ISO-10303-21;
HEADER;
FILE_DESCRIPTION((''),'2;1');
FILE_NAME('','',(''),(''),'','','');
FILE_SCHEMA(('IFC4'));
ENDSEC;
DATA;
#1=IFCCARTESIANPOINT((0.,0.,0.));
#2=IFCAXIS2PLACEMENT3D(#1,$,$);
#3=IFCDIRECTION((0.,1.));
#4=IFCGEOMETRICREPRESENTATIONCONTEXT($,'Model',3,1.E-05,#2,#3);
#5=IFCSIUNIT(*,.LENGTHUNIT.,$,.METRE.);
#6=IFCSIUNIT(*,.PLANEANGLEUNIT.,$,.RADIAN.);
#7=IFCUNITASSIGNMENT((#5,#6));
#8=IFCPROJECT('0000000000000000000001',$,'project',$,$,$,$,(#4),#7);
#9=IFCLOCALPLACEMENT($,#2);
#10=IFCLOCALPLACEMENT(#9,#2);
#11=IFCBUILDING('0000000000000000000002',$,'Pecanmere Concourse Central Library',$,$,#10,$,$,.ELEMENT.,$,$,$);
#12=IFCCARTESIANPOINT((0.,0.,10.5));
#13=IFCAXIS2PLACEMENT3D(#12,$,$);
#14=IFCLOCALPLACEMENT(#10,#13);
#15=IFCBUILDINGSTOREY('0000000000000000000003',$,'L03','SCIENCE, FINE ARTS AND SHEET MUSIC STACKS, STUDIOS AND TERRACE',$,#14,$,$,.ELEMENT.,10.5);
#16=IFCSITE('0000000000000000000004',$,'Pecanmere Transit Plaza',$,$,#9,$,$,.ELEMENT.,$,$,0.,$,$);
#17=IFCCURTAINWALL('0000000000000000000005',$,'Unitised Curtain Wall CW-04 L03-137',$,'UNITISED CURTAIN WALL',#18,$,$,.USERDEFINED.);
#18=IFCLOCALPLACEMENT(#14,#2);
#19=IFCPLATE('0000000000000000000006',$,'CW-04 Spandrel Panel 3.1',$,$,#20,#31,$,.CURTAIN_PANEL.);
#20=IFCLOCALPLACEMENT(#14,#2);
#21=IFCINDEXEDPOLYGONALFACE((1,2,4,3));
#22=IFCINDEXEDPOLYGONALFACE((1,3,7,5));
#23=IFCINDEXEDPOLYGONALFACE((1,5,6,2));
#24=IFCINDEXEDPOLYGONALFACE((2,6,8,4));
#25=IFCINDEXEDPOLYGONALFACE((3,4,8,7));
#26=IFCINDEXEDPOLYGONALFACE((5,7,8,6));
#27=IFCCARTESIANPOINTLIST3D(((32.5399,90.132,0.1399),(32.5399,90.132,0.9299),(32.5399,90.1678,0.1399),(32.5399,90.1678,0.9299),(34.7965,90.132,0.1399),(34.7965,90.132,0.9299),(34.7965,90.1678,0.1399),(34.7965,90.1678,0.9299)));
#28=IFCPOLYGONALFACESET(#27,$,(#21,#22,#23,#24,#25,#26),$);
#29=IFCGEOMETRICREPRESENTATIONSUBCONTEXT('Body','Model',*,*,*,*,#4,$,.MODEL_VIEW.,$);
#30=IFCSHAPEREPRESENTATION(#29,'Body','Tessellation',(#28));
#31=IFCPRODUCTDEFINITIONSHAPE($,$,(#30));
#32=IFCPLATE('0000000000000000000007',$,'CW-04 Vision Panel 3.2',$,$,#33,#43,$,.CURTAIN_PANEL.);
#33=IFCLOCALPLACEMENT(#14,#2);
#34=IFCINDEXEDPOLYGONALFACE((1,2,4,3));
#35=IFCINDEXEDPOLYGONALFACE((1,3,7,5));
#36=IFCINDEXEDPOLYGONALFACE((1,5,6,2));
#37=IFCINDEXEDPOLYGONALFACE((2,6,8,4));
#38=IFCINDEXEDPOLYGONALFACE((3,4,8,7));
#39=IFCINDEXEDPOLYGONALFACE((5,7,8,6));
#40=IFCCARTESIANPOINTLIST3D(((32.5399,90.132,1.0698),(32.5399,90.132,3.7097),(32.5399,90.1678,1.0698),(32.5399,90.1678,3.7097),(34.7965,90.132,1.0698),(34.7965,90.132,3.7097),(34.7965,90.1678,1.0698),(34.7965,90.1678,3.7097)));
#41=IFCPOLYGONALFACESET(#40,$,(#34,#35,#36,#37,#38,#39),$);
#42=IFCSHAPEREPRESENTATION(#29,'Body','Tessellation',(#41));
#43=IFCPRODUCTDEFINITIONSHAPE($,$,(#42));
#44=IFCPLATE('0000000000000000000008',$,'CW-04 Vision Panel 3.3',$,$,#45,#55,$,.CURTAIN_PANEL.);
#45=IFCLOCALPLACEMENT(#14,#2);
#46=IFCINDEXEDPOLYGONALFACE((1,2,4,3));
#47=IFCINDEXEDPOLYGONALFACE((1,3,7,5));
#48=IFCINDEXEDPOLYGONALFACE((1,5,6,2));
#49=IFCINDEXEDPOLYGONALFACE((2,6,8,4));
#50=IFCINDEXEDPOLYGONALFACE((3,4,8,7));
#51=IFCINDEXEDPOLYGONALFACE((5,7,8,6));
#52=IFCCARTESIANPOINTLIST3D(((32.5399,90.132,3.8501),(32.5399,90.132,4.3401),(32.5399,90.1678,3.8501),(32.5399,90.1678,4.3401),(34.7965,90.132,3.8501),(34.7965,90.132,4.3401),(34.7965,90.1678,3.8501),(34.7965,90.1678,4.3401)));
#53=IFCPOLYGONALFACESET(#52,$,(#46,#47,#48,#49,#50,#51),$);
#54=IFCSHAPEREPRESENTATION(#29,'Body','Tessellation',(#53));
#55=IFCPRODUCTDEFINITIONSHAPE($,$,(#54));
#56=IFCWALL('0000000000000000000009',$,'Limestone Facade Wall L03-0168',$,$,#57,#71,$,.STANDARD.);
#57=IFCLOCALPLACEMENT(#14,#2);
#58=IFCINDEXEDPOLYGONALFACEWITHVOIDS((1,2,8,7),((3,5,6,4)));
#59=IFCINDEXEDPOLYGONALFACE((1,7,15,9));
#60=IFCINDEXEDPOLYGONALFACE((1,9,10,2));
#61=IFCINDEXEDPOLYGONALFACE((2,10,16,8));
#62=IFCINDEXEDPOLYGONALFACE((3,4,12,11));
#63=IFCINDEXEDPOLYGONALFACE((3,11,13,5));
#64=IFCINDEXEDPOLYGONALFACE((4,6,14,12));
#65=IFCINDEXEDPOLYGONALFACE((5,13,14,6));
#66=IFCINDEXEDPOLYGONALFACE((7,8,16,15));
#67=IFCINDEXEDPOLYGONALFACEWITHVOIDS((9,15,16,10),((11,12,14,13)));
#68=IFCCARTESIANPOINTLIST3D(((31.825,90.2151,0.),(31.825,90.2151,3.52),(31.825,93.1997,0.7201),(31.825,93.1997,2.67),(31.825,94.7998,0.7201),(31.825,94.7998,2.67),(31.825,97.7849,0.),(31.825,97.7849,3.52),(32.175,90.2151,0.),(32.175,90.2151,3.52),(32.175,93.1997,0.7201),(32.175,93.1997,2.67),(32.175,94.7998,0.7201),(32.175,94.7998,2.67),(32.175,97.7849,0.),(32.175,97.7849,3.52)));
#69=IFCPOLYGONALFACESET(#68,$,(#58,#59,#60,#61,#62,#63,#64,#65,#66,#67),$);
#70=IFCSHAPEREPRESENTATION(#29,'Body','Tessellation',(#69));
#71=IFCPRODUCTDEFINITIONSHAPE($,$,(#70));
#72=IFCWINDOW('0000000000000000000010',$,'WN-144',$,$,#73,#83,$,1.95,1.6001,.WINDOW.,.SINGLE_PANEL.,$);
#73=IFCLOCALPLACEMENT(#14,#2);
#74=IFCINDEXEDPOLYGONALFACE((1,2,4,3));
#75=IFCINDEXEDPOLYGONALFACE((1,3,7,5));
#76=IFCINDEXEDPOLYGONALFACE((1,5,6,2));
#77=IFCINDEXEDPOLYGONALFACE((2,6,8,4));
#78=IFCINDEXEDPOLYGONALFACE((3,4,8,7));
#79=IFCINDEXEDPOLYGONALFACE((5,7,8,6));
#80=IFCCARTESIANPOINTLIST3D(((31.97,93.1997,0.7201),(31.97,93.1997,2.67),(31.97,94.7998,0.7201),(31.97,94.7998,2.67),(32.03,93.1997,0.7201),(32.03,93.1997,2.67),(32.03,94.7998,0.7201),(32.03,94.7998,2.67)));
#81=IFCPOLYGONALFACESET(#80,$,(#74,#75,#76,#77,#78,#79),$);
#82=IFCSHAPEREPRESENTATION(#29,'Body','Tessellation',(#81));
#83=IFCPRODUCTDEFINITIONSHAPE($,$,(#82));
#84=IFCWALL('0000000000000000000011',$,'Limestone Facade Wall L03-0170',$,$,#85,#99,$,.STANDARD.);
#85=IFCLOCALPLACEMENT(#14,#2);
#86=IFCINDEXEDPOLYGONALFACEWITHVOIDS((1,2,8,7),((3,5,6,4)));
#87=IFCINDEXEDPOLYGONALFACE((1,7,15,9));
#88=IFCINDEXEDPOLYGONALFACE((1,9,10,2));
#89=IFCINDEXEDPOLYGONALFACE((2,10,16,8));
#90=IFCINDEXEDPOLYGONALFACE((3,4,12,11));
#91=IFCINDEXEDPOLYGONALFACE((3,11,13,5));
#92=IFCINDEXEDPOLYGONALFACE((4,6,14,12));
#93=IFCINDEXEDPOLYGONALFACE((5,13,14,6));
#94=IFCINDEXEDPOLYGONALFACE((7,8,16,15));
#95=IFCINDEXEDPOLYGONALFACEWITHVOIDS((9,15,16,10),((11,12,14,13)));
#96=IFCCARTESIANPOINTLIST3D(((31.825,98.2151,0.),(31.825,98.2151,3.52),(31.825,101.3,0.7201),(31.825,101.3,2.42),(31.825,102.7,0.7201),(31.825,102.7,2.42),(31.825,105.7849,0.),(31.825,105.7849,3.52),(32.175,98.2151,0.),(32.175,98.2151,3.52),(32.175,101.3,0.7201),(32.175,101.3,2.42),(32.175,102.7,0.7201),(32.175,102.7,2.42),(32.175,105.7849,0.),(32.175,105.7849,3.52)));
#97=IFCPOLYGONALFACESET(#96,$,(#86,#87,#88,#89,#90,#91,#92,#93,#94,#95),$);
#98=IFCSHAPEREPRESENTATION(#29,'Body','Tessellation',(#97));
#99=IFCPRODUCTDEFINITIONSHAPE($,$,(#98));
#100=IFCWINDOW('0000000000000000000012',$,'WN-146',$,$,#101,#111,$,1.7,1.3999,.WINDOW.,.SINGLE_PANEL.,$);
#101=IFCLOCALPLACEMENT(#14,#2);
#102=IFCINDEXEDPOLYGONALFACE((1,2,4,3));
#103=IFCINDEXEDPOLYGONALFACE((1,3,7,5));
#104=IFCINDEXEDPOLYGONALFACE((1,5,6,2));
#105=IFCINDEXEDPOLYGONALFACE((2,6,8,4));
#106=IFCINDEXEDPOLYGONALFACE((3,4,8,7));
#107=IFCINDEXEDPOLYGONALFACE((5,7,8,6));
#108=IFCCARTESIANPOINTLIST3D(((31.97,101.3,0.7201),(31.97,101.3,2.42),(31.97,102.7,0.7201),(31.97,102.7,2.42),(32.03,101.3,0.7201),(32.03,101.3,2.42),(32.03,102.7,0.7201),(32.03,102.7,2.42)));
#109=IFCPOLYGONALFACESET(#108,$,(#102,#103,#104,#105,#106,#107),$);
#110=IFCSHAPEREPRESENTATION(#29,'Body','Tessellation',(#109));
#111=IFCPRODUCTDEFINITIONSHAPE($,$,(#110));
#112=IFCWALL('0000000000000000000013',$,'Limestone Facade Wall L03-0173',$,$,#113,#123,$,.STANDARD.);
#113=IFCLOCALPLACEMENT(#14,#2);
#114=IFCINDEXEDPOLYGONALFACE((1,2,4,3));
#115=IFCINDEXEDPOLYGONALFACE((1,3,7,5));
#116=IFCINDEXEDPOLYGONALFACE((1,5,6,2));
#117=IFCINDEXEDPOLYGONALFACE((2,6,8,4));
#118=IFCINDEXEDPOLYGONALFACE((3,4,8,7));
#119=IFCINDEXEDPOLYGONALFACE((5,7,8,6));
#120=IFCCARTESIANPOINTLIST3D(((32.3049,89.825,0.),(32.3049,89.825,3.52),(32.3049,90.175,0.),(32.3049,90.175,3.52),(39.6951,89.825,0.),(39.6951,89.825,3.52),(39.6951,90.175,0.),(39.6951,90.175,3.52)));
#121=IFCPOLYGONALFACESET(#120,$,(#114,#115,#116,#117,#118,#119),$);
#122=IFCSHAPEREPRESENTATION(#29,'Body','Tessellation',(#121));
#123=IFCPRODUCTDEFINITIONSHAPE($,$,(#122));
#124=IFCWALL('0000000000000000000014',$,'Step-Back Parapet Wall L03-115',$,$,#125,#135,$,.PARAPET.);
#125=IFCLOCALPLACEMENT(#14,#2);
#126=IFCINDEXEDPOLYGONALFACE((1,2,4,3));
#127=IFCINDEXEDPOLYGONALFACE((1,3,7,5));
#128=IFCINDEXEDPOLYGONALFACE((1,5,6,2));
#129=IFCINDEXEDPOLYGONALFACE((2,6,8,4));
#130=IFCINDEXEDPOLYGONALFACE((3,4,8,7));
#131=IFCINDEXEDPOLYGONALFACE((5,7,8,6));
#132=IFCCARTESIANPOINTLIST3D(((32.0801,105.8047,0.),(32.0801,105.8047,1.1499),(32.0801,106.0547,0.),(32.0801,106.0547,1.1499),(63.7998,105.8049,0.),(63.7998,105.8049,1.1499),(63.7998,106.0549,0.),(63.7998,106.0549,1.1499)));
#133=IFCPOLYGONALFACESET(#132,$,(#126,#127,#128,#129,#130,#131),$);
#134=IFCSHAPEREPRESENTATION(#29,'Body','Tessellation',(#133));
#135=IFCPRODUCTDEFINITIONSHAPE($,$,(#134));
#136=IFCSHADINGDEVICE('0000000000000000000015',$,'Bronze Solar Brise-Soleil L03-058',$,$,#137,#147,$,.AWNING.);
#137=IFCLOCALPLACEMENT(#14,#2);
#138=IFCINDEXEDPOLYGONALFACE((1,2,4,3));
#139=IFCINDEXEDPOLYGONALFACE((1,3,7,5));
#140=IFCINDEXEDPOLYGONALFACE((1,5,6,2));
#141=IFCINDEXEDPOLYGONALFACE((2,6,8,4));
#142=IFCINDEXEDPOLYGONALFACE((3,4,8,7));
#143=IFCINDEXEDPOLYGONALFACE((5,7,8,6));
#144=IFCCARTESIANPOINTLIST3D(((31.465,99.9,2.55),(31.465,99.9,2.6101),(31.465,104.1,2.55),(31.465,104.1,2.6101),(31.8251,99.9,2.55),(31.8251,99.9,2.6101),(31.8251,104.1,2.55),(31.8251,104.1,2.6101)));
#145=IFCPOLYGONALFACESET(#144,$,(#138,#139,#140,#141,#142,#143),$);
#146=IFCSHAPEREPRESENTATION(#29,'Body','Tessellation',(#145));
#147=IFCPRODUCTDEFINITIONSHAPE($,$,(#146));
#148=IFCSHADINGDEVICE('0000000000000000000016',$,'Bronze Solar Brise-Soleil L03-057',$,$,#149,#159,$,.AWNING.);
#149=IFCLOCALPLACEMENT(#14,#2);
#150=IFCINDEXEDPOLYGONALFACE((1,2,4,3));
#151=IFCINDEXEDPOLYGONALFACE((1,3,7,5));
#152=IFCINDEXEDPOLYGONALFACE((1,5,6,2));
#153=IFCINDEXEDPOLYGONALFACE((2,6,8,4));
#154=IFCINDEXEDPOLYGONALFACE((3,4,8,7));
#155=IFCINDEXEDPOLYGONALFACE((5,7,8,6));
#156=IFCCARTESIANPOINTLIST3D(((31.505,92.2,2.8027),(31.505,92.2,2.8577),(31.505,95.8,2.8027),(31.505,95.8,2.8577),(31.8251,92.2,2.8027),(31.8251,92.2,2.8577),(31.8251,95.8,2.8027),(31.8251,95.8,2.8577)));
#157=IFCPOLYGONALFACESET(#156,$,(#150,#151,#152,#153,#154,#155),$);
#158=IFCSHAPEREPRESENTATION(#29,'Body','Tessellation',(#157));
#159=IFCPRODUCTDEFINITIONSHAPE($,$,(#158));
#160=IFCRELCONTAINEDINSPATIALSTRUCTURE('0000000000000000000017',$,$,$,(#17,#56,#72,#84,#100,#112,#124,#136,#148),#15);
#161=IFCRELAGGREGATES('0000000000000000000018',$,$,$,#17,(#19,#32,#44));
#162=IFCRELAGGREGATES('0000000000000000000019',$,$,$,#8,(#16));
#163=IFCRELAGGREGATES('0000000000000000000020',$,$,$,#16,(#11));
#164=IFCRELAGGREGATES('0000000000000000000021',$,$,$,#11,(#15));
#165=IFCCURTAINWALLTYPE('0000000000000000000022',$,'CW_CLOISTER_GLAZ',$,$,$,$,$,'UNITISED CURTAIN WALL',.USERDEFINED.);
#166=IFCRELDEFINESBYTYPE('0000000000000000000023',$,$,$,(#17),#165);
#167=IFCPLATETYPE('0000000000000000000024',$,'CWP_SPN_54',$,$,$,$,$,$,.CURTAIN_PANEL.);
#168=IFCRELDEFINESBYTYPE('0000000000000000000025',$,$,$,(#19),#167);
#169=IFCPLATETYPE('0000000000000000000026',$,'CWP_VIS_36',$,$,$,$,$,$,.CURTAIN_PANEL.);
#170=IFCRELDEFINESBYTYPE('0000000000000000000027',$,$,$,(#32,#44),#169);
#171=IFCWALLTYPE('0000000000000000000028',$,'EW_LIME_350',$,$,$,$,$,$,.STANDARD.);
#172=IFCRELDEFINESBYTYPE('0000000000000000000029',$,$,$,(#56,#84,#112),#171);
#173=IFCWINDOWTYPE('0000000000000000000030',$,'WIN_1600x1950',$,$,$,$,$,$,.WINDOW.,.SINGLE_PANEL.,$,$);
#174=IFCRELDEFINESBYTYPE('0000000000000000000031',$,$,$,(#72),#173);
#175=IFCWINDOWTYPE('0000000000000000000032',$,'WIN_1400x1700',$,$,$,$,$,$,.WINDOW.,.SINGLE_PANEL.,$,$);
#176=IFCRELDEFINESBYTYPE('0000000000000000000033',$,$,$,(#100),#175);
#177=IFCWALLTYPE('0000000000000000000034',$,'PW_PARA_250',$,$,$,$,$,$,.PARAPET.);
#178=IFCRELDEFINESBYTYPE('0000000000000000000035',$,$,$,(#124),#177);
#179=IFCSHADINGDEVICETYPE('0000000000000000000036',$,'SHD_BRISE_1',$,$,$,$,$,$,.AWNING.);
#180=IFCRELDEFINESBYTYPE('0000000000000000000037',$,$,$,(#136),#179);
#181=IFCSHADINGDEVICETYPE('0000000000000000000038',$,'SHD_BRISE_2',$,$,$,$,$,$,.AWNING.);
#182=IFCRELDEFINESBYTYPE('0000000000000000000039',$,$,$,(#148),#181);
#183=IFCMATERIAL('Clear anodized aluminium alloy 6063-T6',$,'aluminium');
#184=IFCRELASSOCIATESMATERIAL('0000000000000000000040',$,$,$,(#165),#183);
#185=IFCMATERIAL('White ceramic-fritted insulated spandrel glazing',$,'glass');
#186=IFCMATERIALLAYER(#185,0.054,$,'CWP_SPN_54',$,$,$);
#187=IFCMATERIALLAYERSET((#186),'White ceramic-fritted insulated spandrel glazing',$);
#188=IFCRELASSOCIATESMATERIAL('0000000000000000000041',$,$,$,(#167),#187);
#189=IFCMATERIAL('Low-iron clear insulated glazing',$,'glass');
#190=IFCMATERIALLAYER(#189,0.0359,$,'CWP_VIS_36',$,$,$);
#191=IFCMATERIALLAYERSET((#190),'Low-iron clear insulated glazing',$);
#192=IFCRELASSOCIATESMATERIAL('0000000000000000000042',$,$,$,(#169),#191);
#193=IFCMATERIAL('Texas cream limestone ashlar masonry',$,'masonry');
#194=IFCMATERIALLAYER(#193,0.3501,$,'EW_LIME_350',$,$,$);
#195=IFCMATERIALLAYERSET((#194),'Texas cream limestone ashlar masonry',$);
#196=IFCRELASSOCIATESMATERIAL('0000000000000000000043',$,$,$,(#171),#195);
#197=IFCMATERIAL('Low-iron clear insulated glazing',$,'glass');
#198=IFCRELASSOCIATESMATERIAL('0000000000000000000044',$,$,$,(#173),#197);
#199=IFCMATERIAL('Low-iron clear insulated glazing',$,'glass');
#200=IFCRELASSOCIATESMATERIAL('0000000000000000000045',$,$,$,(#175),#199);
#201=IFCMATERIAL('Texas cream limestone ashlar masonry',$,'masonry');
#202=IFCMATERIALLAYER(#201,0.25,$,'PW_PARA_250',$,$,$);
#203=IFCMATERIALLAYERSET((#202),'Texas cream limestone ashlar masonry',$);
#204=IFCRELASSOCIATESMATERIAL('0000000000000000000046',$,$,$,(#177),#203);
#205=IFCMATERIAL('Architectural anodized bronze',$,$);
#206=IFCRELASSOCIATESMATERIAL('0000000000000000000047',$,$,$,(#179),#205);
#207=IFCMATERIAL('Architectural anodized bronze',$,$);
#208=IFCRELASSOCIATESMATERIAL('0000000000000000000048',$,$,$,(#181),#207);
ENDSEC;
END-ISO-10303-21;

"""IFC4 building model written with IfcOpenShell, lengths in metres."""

from ifc_helpers import new_model, si_unit, direction, frame, frame_2d, origin, origin_2d, place, context, subcontext, project, spatial, rectangle, extrude, material, layer, layer_set, type_object, element, fill, aggregate, save


model = new_model("IFC4")

# Units and contexts
model_context = context("Model", 3, precision=1e-05, world=origin(), true_north=direction((0.0, 1.0)))
body_context = subcontext(model_context, "Body", "Model", "MODEL_VIEW")
ifc_project = project(units=[si_unit("LENGTHUNIT", "METRE"), si_unit("PLANEANGLEUNIT", "RADIAN")], contexts=[model_context])

# Site, building, storey
site_placement = place(None, origin())
site = spatial("IfcSite", under=ifc_project, at=site_placement, Name="Pecanmere Transit Plaza", CompositionType="ELEMENT", RefElevation=0.0)
building_placement = place(site_placement, origin())
building = spatial("IfcBuilding", under=site, at=building_placement, Name="Pecanmere Concourse Central Library", CompositionType="ELEMENT")
storey_placement = place(building_placement, frame((0.0, 0.0, 10.5)))
storey = spatial("IfcBuildingStorey", under=building, at=storey_placement, Name="L03", Description="SCIENCE, FINE ARTS AND SHEET MUSIC STACKS, STUDIOS AND TERRACE", CompositionType="ELEMENT", Elevation=10.5)

# Curtain wall
ifc_material_1 = material(Name="Clear anodized aluminium alloy 6063-T6", Category="aluminium")
curtain_wall_type = type_object("IfcCurtainWallType", Name="CW_CLOISTER_GLAZ", ElementType="UNITISED CURTAIN WALL", PredefinedType="USERDEFINED", material=ifc_material_1)
curtain_wall_placement = place(storey_placement, origin())
curtain_wall = element("IfcCurtainWall", 1, at=curtain_wall_placement, inside=storey, type_object=curtain_wall_type, Name="Unitised Curtain Wall CW-04 L03-137", ObjectType="UNITISED CURTAIN WALL", PredefinedType="USERDEFINED")

# Plates
ifc_material_2 = material(Name="White ceramic-fritted insulated spandrel glazing", Category="glass")
ifc_layer_1 = layer(ifc_material_2, 0.054, Name="CWP_SPN_54")
ifc_layer_set_1 = layer_set([ifc_layer_1], Name="White ceramic-fritted insulated spandrel glazing")
plate_type_1 = type_object("IfcPlateType", Name="CWP_SPN_54", PredefinedType="CURTAIN_PANEL", material=ifc_layer_set_1)
plate_1_placement = place(storey_placement, frame((33.6682, 90.1499, 0.1399), z_axis=(0.0, 0.0, 1.0), x_axis=(-1.0, 0.0, 0.0)))
plate_1 = element("IfcPlate", 2, at=plate_1_placement, type_object=plate_type_1, Name="CW-04 Spandrel Panel 3.1", PredefinedType="CURTAIN_PANEL", context=body_context, shape_type="SweptSolid", body=[
    extrude(rectangle(XDim=2.2566, YDim=0.0359, at=origin_2d()), origin(), (0.0, 0.0, 1.0), 0.79),
])
ifc_material_3 = material(Name="Low-iron clear insulated glazing", Category="glass")
ifc_layer_2 = layer(ifc_material_3, 0.0359, Name="CWP_VIS_36")
ifc_layer_set_2 = layer_set([ifc_layer_2], Name="Low-iron clear insulated glazing")
plate_type_2 = type_object("IfcPlateType", Name="CWP_VIS_36", PredefinedType="CURTAIN_PANEL", material=ifc_layer_set_2)
plate_2_placement = place(storey_placement, frame((33.6682, 90.1499, 1.0698), z_axis=(0.0, 0.0, 1.0), x_axis=(-1.0, 0.0, 0.0)))
plate_2 = element("IfcPlate", 3, at=plate_2_placement, type_object=plate_type_2, Name="CW-04 Vision Panel 3.2", PredefinedType="CURTAIN_PANEL", context=body_context, shape_type="SweptSolid", body=[
    extrude(rectangle(XDim=2.2566, YDim=0.0359, at=origin_2d()), origin(), (0.0, 0.0, 1.0), 2.6399),
])
plate_3_placement = place(storey_placement, frame((33.6682, 90.1499, 3.8501), z_axis=(0.0, 0.0, 1.0), x_axis=(-1.0, 0.0, 0.0)))
plate_3 = element("IfcPlate", 4, at=plate_3_placement, type_object=plate_type_2, Name="CW-04 Vision Panel 3.3", PredefinedType="CURTAIN_PANEL", context=body_context, shape_type="SweptSolid", body=[
    extrude(rectangle(XDim=2.2566, YDim=0.0359, at=origin_2d()), origin(), (0.0, 0.0, 1.0), 0.49),
])
aggregate(curtain_wall, [plate_1, plate_2, plate_3])

# Walls, openings, windows
ifc_material_4 = material(Name="Texas cream limestone ashlar masonry", Category="masonry")
ifc_layer_3 = layer(ifc_material_4, 0.3501, Name="EW_LIME_350")
ifc_layer_set_3 = layer_set([ifc_layer_3], Name="Texas cream limestone ashlar masonry")
wall_type_1 = type_object("IfcWallType", Name="EW_LIME_350", PredefinedType="STANDARD", material=ifc_layer_set_3)
wall_1_placement = place(storey_placement, frame((32.0, 97.7849, 0.0), z_axis=(0.0, 0.0, 1.0), x_axis=(0.0, -1.0, 0.0)))
wall_1 = element("IfcWall", 5, at=wall_1_placement, inside=storey, type_object=wall_type_1, Name="Limestone Facade Wall L03-0168", PredefinedType="STANDARD", context=body_context, shape_type="SweptSolid", body=[
    extrude(rectangle(XDim=7.5698, YDim=0.3501, at=frame_2d((3.7849, 0.0))), origin(), (0.0, 0.0, 1.0), 3.52),
])
opening_1_placement = place(wall_1_placement, frame((2.9851, 0.0, 0.72)))
opening_1 = element("IfcOpeningElement", 6, at=opening_1_placement, cuts=wall_1, PredefinedType="OPENING", context=body_context, shape_type="SweptSolid", body=[
    extrude(rectangle(XDim=1.6001, YDim=1.95, at=frame_2d((0.8, 0.9751))), frame((0.0, 0.187, 0.0), z_axis=(0.0, -1.0, 0.0), x_axis=(1.0, 0.0, 0.0)), (0.0, 0.0, 1.0), 0.374),
])
ifc_material_5 = material(Name="Low-iron clear insulated glazing", Category="glass")
window_type_1 = type_object("IfcWindowType", Name="WIN_1600x1950", PartitioningType="SINGLE_PANEL", PredefinedType="WINDOW", material=ifc_material_5)
window_1_placement = place(opening_1_placement, origin())
window_1 = element("IfcWindow", 7, at=window_1_placement, inside=storey, type_object=window_type_1, Name="WN-144", OverallHeight=1.95, OverallWidth=1.6001, PartitioningType="SINGLE_PANEL", PredefinedType="WINDOW", context=body_context, shape_type="SweptSolid", body=[
    extrude(rectangle(XDim=1.6001, YDim=1.95, at=frame_2d((0.8, 0.9751))), frame((0.0, 0.03, 0.0), z_axis=(0.0, -1.0, 0.0), x_axis=(1.0, 0.0, 0.0)), (0.0, 0.0, 1.0), 0.0601),
])
fill(opening_1, window_1)
wall_2_placement = place(storey_placement, frame((32.0, 105.7849, 0.0), z_axis=(0.0, 0.0, 1.0), x_axis=(0.0, -1.0, 0.0)))
wall_2 = element("IfcWall", 8, at=wall_2_placement, inside=storey, type_object=wall_type_1, Name="Limestone Facade Wall L03-0170", PredefinedType="STANDARD", context=body_context, shape_type="SweptSolid", body=[
    extrude(rectangle(XDim=7.5698, YDim=0.3501, at=frame_2d((3.7849, 0.0))), origin(), (0.0, 0.0, 1.0), 3.52),
])
opening_2_placement = place(wall_2_placement, frame((3.085, 0.0, 0.72)))
opening_2 = element("IfcOpeningElement", 9, at=opening_2_placement, cuts=wall_2, PredefinedType="OPENING", context=body_context, shape_type="SweptSolid", body=[
    extrude(rectangle(XDim=1.3999, YDim=1.7, at=frame_2d((0.7, 0.8501))), frame((0.0, 0.187, 0.0), z_axis=(0.0, -1.0, 0.0), x_axis=(1.0, 0.0, 0.0)), (0.0, 0.0, 1.0), 0.374),
])
ifc_material_6 = material(Name="Low-iron clear insulated glazing", Category="glass")
window_type_2 = type_object("IfcWindowType", Name="WIN_1400x1700", PartitioningType="SINGLE_PANEL", PredefinedType="WINDOW", material=ifc_material_6)
window_2_placement = place(opening_2_placement, origin())
window_2 = element("IfcWindow", 10, at=window_2_placement, inside=storey, type_object=window_type_2, Name="WN-146", OverallHeight=1.7, OverallWidth=1.3999, PartitioningType="SINGLE_PANEL", PredefinedType="WINDOW", context=body_context, shape_type="SweptSolid", body=[
    extrude(rectangle(XDim=1.3999, YDim=1.7, at=frame_2d((0.7, 0.8501))), frame((0.0, 0.03, 0.0), z_axis=(0.0, -1.0, 0.0), x_axis=(1.0, 0.0, 0.0)), (0.0, 0.0, 1.0), 0.0601),
])
fill(opening_2, window_2)

# Walls
wall_3_placement = place(storey_placement, frame((32.3049, 90.0, 0.0), z_axis=(0.0, 0.0, 1.0), x_axis=(1.0, 0.0, 0.0)))
element("IfcWall", 11, at=wall_3_placement, inside=storey, type_object=wall_type_1, Name="Limestone Facade Wall L03-0173", PredefinedType="STANDARD", context=body_context, shape_type="SweptSolid", body=[
    extrude(rectangle(XDim=7.3901, YDim=0.3501, at=frame_2d((3.6951, 0.0))), origin(), (0.0, 0.0, 1.0), 3.52),
])
ifc_material_7 = material(Name="Texas cream limestone ashlar masonry", Category="masonry")
ifc_layer_4 = layer(ifc_material_7, 0.25, Name="PW_PARA_250")
ifc_layer_set_4 = layer_set([ifc_layer_4], Name="Texas cream limestone ashlar masonry")
wall_type_2 = type_object("IfcWallType", Name="PW_PARA_250", PredefinedType="PARAPET", material=ifc_layer_set_4)
wall_4_placement = place(storey_placement, frame((32.0801, 105.9297, 0.0), z_axis=(0.0, 0.0, 1.0), x_axis=(1.0, 0.000008, 0.0)))
element("IfcWall", 12, at=wall_4_placement, inside=storey, type_object=wall_type_2, Name="Step-Back Parapet Wall L03-115", PredefinedType="PARAPET", context=body_context, shape_type="SweptSolid", body=[
    extrude(rectangle(XDim=31.7197, YDim=0.25, at=frame_2d((15.8599, 0.0))), origin(), (0.0, 0.0, 1.0), 1.1499),
])

# Shading devices
ifc_material_8 = material(Name="Architectural anodized bronze")
shading_device_type_1 = type_object("IfcShadingDeviceType", Name="SHD_BRISE_1", PredefinedType="AWNING", material=ifc_material_8)
shading_device_1_placement = place(storey_placement, frame((31.645, 102.0, 2.55), z_axis=(0.0, 0.0, 1.0), x_axis=(0.0, -1.0, 0.0)))
element("IfcShadingDevice", 13, at=shading_device_1_placement, inside=storey, type_object=shading_device_type_1, Name="Bronze Solar Brise-Soleil L03-058", PredefinedType="AWNING", context=body_context, shape_type="SweptSolid", body=[
    extrude(rectangle(XDim=4.2, YDim=0.3601, at=origin_2d()), origin(), (0.0, 0.0, 1.0), 0.0601),
])
ifc_material_9 = material(Name="Architectural anodized bronze")
shading_device_type_2 = type_object("IfcShadingDeviceType", Name="SHD_BRISE_2", PredefinedType="AWNING", material=ifc_material_9)
shading_device_2_placement = place(storey_placement, frame((31.665, 94.0, 2.8027), z_axis=(0.0, 0.0, 1.0), x_axis=(0.0, -1.0, 0.0)))
element("IfcShadingDevice", 14, at=shading_device_2_placement, inside=storey, type_object=shading_device_type_2, Name="Bronze Solar Brise-Soleil L03-057", PredefinedType="AWNING", context=body_context, shape_type="SweptSolid", body=[
    extrude(rectangle(XDim=3.6001, YDim=0.3201, at=origin_2d()), origin(), (0.0, 0.0, 1.0), 0.0549),
])

save(model, "model.ifc")
